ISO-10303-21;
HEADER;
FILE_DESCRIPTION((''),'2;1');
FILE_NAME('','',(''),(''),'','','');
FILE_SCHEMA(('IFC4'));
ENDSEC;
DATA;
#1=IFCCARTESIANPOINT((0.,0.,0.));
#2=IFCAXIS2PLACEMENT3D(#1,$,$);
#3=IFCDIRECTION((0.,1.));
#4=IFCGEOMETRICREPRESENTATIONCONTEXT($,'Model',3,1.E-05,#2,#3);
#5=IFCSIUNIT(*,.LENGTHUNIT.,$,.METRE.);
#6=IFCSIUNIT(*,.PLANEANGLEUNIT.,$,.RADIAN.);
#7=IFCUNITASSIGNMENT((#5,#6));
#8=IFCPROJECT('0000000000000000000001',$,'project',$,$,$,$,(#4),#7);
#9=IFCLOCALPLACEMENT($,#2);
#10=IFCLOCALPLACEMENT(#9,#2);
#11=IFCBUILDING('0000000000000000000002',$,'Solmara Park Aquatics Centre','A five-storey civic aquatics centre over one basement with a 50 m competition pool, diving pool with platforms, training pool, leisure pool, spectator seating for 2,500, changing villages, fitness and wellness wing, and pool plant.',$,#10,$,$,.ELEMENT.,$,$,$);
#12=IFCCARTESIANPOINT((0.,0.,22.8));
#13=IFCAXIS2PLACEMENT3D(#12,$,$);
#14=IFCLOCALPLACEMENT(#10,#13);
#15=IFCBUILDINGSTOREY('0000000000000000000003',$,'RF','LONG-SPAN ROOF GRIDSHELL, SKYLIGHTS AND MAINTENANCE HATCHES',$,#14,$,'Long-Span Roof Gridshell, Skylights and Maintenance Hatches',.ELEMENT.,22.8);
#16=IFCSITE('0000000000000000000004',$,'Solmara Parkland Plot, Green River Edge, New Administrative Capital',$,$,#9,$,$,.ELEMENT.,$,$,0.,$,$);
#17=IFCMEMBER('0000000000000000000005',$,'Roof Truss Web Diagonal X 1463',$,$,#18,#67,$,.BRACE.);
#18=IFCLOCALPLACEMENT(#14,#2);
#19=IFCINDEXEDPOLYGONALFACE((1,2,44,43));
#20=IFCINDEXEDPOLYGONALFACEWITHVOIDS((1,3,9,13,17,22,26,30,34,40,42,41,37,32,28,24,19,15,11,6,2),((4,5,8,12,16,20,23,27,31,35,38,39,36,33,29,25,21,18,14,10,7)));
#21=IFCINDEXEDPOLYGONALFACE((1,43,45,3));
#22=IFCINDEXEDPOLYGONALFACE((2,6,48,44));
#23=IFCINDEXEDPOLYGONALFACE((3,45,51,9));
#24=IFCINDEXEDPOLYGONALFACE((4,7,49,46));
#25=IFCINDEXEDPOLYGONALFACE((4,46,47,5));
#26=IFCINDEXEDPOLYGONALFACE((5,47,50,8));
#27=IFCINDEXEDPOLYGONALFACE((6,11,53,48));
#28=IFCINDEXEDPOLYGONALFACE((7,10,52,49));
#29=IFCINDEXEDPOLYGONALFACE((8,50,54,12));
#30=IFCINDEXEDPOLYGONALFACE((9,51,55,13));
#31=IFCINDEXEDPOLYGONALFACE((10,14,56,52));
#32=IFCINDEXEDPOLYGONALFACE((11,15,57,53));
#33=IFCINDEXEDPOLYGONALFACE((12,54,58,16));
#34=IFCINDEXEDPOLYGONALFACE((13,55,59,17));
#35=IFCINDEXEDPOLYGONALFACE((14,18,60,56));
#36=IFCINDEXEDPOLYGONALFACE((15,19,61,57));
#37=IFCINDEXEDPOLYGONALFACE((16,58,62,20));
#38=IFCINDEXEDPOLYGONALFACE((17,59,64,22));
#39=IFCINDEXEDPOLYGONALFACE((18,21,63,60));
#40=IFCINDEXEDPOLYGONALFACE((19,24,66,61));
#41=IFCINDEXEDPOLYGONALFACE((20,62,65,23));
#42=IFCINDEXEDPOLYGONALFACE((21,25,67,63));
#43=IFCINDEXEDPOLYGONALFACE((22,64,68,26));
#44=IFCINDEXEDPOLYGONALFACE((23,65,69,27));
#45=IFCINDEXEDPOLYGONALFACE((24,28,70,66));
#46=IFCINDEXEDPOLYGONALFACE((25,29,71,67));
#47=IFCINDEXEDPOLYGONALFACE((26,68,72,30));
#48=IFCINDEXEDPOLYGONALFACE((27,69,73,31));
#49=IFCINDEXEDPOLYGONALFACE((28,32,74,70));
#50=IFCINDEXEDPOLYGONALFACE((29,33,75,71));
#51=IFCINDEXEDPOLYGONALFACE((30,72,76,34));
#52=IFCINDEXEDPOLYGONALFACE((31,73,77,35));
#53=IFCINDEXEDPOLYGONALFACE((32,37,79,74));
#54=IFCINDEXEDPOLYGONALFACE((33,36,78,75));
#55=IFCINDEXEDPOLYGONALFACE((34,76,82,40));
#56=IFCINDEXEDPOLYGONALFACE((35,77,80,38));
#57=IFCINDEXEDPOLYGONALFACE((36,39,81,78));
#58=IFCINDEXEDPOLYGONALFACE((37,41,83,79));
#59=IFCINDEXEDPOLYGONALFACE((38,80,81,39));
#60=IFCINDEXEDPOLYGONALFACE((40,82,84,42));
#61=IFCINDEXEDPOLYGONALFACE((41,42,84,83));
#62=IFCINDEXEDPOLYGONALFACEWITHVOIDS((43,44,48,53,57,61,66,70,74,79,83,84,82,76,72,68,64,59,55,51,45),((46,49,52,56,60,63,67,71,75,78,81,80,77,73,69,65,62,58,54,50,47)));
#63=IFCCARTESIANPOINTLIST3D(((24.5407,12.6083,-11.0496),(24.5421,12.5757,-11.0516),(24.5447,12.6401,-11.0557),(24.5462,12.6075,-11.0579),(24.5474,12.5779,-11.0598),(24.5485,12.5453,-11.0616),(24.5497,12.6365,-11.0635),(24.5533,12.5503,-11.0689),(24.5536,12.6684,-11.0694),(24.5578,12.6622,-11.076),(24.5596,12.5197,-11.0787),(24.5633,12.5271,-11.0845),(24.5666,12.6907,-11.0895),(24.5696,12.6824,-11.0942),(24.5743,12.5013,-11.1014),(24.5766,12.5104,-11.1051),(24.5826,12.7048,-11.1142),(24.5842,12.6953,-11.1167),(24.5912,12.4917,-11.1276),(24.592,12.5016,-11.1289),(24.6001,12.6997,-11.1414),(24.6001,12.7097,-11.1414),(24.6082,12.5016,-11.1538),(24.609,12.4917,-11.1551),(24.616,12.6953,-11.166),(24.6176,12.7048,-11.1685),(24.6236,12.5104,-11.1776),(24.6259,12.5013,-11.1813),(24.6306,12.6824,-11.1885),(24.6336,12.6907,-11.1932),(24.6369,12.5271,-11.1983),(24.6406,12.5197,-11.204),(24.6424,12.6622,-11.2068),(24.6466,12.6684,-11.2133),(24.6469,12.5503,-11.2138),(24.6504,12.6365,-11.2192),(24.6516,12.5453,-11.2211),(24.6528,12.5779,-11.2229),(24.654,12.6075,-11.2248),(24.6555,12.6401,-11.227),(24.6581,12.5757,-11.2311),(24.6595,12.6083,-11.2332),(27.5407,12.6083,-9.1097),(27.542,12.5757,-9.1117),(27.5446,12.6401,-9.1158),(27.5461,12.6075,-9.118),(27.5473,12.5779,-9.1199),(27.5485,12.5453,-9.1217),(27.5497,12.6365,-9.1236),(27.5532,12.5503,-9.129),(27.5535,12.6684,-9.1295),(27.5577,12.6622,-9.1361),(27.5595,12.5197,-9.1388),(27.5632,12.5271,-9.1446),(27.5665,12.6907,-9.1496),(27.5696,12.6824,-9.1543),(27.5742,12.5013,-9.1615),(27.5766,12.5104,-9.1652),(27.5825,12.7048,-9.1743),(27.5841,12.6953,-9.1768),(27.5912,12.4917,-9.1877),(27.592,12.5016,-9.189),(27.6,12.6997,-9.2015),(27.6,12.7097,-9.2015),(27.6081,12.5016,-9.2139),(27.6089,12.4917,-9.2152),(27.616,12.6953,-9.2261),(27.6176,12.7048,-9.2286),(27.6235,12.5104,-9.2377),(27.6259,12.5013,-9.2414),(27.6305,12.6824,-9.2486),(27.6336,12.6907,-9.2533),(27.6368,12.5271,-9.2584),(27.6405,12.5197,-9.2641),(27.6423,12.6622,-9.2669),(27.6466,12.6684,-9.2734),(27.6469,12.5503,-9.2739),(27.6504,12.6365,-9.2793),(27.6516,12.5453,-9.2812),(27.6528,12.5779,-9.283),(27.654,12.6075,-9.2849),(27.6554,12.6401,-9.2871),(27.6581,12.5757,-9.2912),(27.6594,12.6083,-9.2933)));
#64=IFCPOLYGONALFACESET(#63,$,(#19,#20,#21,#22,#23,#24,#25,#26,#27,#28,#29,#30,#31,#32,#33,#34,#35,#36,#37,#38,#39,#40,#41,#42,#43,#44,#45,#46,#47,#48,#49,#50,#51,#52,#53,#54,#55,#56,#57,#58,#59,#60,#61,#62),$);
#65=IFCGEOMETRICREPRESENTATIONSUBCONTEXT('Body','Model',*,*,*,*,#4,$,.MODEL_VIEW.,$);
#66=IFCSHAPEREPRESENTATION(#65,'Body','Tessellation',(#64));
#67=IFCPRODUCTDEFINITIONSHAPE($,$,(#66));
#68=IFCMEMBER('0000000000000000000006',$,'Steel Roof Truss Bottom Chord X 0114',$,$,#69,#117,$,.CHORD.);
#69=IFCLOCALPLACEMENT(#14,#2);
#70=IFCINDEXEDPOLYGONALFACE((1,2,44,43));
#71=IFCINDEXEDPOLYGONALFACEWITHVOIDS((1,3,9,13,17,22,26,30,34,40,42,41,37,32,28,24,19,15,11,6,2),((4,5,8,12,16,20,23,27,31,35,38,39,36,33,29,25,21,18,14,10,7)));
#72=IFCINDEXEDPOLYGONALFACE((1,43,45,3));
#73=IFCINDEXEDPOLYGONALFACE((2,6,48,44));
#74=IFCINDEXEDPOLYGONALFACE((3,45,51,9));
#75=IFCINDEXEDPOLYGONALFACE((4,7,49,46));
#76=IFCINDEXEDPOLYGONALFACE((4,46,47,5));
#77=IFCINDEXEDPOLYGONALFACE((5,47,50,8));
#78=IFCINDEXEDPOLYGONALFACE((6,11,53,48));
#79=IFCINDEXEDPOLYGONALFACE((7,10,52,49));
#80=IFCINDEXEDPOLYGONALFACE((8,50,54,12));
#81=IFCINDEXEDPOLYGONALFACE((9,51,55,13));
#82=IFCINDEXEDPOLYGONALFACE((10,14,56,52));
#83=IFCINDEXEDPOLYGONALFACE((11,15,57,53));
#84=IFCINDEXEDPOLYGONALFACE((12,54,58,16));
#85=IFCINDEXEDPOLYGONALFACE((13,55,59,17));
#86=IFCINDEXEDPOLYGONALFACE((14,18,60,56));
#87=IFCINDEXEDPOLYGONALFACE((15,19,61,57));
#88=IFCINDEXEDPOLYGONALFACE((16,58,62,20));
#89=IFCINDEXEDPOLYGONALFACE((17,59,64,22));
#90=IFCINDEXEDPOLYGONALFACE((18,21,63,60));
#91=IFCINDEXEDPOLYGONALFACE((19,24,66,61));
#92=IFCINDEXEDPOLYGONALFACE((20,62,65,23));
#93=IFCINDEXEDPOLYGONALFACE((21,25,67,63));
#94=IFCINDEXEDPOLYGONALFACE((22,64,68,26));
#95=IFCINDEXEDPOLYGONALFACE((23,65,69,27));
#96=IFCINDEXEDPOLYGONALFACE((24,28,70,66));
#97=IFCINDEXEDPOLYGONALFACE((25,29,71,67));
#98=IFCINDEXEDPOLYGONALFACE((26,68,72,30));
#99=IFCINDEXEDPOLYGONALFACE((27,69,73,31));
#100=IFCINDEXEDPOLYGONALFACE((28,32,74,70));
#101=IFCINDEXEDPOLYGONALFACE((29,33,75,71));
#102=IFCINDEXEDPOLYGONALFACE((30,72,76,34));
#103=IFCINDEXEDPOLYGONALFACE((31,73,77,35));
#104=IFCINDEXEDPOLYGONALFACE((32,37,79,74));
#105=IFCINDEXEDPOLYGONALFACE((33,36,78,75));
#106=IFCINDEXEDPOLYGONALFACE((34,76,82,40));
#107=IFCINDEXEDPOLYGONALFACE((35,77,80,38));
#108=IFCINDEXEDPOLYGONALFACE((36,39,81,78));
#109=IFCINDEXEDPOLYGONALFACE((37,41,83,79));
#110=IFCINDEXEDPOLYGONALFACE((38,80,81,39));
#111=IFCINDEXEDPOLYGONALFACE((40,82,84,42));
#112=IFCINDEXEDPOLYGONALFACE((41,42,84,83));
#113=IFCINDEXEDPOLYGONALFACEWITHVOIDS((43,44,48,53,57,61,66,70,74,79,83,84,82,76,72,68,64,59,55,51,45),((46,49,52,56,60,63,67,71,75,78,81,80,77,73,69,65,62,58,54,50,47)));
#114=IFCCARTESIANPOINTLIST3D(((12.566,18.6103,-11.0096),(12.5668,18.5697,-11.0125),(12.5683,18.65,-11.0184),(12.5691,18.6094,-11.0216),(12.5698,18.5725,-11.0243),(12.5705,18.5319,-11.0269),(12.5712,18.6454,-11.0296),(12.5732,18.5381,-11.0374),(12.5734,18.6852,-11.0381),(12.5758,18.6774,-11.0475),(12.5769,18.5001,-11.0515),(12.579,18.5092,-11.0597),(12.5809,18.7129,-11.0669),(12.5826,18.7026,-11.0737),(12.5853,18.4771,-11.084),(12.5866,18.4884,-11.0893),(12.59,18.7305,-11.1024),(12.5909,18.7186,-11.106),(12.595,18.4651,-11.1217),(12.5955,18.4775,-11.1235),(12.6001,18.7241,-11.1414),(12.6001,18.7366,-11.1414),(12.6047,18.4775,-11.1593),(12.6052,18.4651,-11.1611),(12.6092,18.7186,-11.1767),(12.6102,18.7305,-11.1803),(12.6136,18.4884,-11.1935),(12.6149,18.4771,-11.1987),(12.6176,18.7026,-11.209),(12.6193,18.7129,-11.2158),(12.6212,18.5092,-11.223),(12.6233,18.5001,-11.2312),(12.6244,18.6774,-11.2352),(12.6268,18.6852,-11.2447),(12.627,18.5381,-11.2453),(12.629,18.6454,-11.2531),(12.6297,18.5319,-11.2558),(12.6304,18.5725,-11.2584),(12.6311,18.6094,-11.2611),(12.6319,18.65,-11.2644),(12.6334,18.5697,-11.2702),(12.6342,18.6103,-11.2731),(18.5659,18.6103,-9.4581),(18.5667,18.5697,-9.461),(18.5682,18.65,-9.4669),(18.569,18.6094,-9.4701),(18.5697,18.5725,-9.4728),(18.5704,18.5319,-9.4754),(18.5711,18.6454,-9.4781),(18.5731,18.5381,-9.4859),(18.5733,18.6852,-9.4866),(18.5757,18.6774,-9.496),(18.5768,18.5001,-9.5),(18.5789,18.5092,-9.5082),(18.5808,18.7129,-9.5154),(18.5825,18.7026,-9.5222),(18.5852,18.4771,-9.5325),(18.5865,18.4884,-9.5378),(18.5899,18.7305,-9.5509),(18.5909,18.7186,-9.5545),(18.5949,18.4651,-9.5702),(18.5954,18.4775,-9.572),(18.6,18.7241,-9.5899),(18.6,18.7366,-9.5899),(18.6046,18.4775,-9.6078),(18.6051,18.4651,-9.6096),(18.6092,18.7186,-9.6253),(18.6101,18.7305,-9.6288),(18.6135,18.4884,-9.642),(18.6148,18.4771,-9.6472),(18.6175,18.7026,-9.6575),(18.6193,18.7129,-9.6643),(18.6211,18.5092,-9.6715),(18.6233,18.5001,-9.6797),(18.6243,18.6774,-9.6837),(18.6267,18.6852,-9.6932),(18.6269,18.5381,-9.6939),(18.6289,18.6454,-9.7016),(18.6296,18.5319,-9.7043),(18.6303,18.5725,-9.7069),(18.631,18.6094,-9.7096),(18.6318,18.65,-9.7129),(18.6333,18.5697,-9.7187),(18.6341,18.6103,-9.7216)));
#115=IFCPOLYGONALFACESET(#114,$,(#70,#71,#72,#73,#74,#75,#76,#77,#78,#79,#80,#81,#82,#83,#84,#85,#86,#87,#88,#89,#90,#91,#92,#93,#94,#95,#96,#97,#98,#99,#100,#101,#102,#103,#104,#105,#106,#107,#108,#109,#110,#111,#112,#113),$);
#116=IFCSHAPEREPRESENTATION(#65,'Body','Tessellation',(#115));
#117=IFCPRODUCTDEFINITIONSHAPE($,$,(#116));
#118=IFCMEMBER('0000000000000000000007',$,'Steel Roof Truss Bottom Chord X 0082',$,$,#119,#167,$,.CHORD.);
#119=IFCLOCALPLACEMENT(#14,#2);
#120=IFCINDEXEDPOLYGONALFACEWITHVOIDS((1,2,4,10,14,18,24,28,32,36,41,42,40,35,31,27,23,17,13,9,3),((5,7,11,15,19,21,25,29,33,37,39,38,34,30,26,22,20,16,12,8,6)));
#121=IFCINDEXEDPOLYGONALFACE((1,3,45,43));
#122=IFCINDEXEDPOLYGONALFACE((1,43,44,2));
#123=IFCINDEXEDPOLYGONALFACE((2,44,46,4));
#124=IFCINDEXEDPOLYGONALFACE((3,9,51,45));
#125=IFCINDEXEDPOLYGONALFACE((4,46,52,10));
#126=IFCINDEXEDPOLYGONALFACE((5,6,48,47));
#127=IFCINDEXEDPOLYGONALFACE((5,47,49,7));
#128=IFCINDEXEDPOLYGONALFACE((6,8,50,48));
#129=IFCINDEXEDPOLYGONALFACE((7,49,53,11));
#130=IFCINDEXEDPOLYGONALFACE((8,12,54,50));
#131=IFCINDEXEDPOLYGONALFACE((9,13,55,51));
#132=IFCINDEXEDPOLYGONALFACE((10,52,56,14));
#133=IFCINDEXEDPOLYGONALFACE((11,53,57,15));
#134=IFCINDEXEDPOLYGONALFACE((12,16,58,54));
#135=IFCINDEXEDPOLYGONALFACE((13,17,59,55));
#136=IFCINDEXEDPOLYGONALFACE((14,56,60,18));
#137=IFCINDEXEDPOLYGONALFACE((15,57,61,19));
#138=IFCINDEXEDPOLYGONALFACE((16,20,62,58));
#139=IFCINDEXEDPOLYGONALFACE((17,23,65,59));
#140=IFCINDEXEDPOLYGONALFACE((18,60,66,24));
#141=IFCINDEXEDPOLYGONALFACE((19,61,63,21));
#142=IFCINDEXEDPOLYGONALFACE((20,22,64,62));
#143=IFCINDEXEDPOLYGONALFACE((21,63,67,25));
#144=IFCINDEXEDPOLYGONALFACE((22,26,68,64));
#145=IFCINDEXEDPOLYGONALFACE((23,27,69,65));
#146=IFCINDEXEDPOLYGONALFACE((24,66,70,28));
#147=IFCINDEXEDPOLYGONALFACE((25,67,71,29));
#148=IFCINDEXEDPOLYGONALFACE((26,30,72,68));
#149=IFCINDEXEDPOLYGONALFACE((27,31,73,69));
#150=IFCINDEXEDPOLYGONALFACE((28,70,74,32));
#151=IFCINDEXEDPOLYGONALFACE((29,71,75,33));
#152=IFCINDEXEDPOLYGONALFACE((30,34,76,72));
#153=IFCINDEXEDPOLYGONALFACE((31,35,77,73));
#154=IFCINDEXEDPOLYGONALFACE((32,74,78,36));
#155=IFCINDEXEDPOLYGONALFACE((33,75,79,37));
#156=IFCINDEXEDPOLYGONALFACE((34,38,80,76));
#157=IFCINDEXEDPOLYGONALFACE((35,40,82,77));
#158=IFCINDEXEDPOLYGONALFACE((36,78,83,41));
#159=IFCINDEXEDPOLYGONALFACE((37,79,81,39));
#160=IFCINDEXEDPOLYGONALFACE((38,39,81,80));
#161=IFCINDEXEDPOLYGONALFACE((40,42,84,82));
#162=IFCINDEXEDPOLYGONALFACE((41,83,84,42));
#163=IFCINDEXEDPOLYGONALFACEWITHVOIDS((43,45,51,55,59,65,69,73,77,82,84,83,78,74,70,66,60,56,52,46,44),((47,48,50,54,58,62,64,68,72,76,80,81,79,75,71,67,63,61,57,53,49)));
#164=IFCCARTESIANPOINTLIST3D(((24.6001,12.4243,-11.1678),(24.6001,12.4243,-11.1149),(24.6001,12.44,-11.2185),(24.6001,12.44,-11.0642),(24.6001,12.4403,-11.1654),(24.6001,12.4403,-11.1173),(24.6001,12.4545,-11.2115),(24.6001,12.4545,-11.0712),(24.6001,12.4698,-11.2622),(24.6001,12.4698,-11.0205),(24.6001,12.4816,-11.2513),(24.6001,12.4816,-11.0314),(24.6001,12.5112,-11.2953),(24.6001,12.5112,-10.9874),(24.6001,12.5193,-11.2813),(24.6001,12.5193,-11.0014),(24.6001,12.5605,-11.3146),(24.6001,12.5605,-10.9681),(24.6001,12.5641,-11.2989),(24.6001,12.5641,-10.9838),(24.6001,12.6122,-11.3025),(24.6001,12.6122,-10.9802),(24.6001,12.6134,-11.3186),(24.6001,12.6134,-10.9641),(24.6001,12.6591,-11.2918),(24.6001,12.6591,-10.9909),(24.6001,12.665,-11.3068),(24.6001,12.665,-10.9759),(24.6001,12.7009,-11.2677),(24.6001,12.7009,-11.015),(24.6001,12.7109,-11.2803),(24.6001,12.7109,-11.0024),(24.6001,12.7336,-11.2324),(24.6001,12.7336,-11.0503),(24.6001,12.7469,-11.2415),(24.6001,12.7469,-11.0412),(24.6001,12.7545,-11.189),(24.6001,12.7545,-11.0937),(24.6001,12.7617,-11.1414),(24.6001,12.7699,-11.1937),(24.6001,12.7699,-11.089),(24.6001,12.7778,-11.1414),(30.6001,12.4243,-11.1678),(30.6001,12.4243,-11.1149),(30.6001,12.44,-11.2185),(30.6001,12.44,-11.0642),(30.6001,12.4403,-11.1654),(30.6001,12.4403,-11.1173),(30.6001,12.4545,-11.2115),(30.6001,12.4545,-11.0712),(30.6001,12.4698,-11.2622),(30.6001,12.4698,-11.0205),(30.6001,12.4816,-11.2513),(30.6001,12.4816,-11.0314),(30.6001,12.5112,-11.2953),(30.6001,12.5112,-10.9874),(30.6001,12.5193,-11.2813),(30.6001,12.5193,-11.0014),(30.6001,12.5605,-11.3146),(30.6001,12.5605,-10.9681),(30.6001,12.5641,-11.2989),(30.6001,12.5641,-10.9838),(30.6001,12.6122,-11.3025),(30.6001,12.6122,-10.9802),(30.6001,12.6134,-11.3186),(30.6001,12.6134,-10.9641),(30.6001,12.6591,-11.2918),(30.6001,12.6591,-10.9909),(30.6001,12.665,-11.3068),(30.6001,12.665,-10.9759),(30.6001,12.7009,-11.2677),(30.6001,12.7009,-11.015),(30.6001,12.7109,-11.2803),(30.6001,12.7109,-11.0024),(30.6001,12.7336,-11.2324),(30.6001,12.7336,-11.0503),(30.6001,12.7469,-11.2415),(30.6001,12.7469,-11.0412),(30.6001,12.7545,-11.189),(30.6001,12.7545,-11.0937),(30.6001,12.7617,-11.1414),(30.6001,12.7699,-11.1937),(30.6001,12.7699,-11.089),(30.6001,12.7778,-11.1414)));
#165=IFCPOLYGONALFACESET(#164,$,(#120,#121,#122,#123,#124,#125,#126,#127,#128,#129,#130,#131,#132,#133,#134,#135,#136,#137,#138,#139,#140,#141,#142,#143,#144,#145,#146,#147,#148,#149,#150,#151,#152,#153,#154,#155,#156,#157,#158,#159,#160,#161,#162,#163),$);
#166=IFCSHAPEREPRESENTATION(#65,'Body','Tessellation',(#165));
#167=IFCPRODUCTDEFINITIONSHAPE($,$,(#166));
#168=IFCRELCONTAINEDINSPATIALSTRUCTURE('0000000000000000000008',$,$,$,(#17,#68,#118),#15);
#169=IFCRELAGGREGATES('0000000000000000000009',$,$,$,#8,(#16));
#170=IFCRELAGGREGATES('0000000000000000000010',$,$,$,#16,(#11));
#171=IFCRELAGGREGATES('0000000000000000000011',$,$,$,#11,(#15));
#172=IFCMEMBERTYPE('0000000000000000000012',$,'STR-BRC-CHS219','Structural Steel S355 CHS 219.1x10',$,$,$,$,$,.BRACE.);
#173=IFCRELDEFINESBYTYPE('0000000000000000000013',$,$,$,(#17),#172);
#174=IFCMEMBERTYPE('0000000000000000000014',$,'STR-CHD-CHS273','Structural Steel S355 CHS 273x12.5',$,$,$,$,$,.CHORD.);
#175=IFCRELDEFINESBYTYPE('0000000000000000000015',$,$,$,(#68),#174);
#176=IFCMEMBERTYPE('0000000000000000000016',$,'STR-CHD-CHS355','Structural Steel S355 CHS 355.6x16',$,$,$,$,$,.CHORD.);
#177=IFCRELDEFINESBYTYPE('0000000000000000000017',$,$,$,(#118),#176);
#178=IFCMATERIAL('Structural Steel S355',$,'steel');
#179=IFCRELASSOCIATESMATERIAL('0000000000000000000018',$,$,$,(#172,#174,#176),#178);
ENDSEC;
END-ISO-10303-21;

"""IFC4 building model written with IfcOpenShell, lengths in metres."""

from ifc_helpers import new_model, si_unit, direction, frame, origin, origin_2d, place, context, subcontext, project, spatial, hollow_circle, extrude, material, material_profile, profile_set, type_object, element, save


model = new_model("IFC4")

# Units and contexts
model_context = context("Model", 3, precision=1e-05, world=origin(), true_north=direction((0.0, 1.0)))
body_context = subcontext(model_context, "Body", "Model", "MODEL_VIEW")
ifc_project = project(units=[si_unit("LENGTHUNIT", "METRE"), si_unit("PLANEANGLEUNIT", "RADIAN")], contexts=[model_context])

# Site, building, storey
site_placement = place(None, origin())
site = spatial("IfcSite", under=ifc_project, at=site_placement, Name="Solmara Parkland Plot, Green River Edge, New Administrative Capital", CompositionType="ELEMENT", RefElevation=0.0)
building_placement = place(site_placement, origin())
building = spatial("IfcBuilding", under=site, at=building_placement, Name="Solmara Park Aquatics Centre", Description="A five-storey civic aquatics centre over one basement with a 50 m competition pool, diving pool with platforms, training pool, leisure pool, spectator seating for 2,500, changing villages, fitness and wellness wing, and pool plant.", CompositionType="ELEMENT")
storey_placement = place(building_placement, frame((0.0, 0.0, 22.8)))
storey = spatial("IfcBuildingStorey", under=building, at=storey_placement, Name="RF", Description="LONG-SPAN ROOF GRIDSHELL, SKYLIGHTS AND MAINTENANCE HATCHES", LongName="Long-Span Roof Gridshell, Skylights and Maintenance Hatches", CompositionType="ELEMENT", Elevation=22.8)

# Members
ifc_material_1 = material(Name="Structural Steel S355", Category="steel")
ifc_material_profile_1 = material_profile(ifc_material_1, hollow_circle(Radius=0.1096, WallThickness=0.01, at=origin_2d()), Name="CHS 219.1x10")
ifc_profile_set_1 = profile_set([ifc_material_profile_1], Name="Structural Steel S355")
member_type_1 = type_object("IfcMemberType", Name="STR-BRC-CHS219", Description="Structural Steel S355 CHS 219.1x10", PredefinedType="BRACE", material=ifc_profile_set_1)
for number, where, z_axis, x_axis, name in (
    (1, (24.6001, 12.6001, -11.1414), (0.839728, 0.0, 0.543008), (0.0, 1.0, 0.0), "Roof Truss Web Diagonal X 1463"),
):
    element("IfcMember", number, at=place(storey_placement, frame(where, z_axis=z_axis, x_axis=x_axis)), inside=storey, type_object=member_type_1, Name=name, PredefinedType="BRACE", context=body_context, shape_type="SweptSolid", body=[
        extrude(hollow_circle(Radius=0.1096, WallThickness=0.01, at=origin_2d()), origin(), (0.0, 0.0, 1.0), 3.5725),
    ])
ifc_material_profile_2 = material_profile(ifc_material_1, hollow_circle(Radius=0.1365, WallThickness=0.0125, at=origin_2d()), Name="CHS 273x12.5")
ifc_profile_set_2 = profile_set([ifc_material_profile_2], Name="Structural Steel S355")
member_type_2 = type_object("IfcMemberType", Name="STR-CHD-CHS273", Description="Structural Steel S355 CHS 273x12.5", PredefinedType="CHORD", material=ifc_profile_set_2)
member_1_placement = place(storey_placement, frame((12.6001, 18.6001, -11.1414), z_axis=(0.968155, 0.0, 0.250351), x_axis=(0.0, 1.0, 0.0)))
element("IfcMember", 2, at=member_1_placement, inside=storey, type_object=member_type_2, Name="Steel Roof Truss Bottom Chord X 0114", PredefinedType="CHORD", context=body_context, shape_type="SweptSolid", body=[
    extrude(hollow_circle(Radius=0.1365, WallThickness=0.0125, at=origin_2d()), origin(), (0.0, 0.0, 1.0), 6.1973),
])
ifc_material_profile_3 = material_profile(ifc_material_1, hollow_circle(Radius=0.1777, WallThickness=0.0161, at=origin_2d()), Name="CHS 355.6x16")
ifc_profile_set_3 = profile_set([ifc_material_profile_3], Name="Structural Steel S355")
member_type_3 = type_object("IfcMemberType", Name="STR-CHD-CHS355", Description="Structural Steel S355 CHS 355.6x16", PredefinedType="CHORD", material=ifc_profile_set_3)
for number, where, z_axis, x_axis, name in (
    (3, (24.6001, 12.6001, -11.1414), (1.0, 0.0, 0.0), (0.0, 1.0, 0.0), "Steel Roof Truss Bottom Chord X 0082"),
):
    element("IfcMember", number, at=place(storey_placement, frame(where, z_axis=z_axis, x_axis=x_axis)), inside=storey, type_object=member_type_3, Name=name, PredefinedType="CHORD", context=body_context, shape_type="SweptSolid", body=[
        extrude(hollow_circle(Radius=0.1777, WallThickness=0.0161, at=origin_2d()), origin(), (0.0, 0.0, 1.0), 6.0),
    ])

save(model, "model.ifc")
